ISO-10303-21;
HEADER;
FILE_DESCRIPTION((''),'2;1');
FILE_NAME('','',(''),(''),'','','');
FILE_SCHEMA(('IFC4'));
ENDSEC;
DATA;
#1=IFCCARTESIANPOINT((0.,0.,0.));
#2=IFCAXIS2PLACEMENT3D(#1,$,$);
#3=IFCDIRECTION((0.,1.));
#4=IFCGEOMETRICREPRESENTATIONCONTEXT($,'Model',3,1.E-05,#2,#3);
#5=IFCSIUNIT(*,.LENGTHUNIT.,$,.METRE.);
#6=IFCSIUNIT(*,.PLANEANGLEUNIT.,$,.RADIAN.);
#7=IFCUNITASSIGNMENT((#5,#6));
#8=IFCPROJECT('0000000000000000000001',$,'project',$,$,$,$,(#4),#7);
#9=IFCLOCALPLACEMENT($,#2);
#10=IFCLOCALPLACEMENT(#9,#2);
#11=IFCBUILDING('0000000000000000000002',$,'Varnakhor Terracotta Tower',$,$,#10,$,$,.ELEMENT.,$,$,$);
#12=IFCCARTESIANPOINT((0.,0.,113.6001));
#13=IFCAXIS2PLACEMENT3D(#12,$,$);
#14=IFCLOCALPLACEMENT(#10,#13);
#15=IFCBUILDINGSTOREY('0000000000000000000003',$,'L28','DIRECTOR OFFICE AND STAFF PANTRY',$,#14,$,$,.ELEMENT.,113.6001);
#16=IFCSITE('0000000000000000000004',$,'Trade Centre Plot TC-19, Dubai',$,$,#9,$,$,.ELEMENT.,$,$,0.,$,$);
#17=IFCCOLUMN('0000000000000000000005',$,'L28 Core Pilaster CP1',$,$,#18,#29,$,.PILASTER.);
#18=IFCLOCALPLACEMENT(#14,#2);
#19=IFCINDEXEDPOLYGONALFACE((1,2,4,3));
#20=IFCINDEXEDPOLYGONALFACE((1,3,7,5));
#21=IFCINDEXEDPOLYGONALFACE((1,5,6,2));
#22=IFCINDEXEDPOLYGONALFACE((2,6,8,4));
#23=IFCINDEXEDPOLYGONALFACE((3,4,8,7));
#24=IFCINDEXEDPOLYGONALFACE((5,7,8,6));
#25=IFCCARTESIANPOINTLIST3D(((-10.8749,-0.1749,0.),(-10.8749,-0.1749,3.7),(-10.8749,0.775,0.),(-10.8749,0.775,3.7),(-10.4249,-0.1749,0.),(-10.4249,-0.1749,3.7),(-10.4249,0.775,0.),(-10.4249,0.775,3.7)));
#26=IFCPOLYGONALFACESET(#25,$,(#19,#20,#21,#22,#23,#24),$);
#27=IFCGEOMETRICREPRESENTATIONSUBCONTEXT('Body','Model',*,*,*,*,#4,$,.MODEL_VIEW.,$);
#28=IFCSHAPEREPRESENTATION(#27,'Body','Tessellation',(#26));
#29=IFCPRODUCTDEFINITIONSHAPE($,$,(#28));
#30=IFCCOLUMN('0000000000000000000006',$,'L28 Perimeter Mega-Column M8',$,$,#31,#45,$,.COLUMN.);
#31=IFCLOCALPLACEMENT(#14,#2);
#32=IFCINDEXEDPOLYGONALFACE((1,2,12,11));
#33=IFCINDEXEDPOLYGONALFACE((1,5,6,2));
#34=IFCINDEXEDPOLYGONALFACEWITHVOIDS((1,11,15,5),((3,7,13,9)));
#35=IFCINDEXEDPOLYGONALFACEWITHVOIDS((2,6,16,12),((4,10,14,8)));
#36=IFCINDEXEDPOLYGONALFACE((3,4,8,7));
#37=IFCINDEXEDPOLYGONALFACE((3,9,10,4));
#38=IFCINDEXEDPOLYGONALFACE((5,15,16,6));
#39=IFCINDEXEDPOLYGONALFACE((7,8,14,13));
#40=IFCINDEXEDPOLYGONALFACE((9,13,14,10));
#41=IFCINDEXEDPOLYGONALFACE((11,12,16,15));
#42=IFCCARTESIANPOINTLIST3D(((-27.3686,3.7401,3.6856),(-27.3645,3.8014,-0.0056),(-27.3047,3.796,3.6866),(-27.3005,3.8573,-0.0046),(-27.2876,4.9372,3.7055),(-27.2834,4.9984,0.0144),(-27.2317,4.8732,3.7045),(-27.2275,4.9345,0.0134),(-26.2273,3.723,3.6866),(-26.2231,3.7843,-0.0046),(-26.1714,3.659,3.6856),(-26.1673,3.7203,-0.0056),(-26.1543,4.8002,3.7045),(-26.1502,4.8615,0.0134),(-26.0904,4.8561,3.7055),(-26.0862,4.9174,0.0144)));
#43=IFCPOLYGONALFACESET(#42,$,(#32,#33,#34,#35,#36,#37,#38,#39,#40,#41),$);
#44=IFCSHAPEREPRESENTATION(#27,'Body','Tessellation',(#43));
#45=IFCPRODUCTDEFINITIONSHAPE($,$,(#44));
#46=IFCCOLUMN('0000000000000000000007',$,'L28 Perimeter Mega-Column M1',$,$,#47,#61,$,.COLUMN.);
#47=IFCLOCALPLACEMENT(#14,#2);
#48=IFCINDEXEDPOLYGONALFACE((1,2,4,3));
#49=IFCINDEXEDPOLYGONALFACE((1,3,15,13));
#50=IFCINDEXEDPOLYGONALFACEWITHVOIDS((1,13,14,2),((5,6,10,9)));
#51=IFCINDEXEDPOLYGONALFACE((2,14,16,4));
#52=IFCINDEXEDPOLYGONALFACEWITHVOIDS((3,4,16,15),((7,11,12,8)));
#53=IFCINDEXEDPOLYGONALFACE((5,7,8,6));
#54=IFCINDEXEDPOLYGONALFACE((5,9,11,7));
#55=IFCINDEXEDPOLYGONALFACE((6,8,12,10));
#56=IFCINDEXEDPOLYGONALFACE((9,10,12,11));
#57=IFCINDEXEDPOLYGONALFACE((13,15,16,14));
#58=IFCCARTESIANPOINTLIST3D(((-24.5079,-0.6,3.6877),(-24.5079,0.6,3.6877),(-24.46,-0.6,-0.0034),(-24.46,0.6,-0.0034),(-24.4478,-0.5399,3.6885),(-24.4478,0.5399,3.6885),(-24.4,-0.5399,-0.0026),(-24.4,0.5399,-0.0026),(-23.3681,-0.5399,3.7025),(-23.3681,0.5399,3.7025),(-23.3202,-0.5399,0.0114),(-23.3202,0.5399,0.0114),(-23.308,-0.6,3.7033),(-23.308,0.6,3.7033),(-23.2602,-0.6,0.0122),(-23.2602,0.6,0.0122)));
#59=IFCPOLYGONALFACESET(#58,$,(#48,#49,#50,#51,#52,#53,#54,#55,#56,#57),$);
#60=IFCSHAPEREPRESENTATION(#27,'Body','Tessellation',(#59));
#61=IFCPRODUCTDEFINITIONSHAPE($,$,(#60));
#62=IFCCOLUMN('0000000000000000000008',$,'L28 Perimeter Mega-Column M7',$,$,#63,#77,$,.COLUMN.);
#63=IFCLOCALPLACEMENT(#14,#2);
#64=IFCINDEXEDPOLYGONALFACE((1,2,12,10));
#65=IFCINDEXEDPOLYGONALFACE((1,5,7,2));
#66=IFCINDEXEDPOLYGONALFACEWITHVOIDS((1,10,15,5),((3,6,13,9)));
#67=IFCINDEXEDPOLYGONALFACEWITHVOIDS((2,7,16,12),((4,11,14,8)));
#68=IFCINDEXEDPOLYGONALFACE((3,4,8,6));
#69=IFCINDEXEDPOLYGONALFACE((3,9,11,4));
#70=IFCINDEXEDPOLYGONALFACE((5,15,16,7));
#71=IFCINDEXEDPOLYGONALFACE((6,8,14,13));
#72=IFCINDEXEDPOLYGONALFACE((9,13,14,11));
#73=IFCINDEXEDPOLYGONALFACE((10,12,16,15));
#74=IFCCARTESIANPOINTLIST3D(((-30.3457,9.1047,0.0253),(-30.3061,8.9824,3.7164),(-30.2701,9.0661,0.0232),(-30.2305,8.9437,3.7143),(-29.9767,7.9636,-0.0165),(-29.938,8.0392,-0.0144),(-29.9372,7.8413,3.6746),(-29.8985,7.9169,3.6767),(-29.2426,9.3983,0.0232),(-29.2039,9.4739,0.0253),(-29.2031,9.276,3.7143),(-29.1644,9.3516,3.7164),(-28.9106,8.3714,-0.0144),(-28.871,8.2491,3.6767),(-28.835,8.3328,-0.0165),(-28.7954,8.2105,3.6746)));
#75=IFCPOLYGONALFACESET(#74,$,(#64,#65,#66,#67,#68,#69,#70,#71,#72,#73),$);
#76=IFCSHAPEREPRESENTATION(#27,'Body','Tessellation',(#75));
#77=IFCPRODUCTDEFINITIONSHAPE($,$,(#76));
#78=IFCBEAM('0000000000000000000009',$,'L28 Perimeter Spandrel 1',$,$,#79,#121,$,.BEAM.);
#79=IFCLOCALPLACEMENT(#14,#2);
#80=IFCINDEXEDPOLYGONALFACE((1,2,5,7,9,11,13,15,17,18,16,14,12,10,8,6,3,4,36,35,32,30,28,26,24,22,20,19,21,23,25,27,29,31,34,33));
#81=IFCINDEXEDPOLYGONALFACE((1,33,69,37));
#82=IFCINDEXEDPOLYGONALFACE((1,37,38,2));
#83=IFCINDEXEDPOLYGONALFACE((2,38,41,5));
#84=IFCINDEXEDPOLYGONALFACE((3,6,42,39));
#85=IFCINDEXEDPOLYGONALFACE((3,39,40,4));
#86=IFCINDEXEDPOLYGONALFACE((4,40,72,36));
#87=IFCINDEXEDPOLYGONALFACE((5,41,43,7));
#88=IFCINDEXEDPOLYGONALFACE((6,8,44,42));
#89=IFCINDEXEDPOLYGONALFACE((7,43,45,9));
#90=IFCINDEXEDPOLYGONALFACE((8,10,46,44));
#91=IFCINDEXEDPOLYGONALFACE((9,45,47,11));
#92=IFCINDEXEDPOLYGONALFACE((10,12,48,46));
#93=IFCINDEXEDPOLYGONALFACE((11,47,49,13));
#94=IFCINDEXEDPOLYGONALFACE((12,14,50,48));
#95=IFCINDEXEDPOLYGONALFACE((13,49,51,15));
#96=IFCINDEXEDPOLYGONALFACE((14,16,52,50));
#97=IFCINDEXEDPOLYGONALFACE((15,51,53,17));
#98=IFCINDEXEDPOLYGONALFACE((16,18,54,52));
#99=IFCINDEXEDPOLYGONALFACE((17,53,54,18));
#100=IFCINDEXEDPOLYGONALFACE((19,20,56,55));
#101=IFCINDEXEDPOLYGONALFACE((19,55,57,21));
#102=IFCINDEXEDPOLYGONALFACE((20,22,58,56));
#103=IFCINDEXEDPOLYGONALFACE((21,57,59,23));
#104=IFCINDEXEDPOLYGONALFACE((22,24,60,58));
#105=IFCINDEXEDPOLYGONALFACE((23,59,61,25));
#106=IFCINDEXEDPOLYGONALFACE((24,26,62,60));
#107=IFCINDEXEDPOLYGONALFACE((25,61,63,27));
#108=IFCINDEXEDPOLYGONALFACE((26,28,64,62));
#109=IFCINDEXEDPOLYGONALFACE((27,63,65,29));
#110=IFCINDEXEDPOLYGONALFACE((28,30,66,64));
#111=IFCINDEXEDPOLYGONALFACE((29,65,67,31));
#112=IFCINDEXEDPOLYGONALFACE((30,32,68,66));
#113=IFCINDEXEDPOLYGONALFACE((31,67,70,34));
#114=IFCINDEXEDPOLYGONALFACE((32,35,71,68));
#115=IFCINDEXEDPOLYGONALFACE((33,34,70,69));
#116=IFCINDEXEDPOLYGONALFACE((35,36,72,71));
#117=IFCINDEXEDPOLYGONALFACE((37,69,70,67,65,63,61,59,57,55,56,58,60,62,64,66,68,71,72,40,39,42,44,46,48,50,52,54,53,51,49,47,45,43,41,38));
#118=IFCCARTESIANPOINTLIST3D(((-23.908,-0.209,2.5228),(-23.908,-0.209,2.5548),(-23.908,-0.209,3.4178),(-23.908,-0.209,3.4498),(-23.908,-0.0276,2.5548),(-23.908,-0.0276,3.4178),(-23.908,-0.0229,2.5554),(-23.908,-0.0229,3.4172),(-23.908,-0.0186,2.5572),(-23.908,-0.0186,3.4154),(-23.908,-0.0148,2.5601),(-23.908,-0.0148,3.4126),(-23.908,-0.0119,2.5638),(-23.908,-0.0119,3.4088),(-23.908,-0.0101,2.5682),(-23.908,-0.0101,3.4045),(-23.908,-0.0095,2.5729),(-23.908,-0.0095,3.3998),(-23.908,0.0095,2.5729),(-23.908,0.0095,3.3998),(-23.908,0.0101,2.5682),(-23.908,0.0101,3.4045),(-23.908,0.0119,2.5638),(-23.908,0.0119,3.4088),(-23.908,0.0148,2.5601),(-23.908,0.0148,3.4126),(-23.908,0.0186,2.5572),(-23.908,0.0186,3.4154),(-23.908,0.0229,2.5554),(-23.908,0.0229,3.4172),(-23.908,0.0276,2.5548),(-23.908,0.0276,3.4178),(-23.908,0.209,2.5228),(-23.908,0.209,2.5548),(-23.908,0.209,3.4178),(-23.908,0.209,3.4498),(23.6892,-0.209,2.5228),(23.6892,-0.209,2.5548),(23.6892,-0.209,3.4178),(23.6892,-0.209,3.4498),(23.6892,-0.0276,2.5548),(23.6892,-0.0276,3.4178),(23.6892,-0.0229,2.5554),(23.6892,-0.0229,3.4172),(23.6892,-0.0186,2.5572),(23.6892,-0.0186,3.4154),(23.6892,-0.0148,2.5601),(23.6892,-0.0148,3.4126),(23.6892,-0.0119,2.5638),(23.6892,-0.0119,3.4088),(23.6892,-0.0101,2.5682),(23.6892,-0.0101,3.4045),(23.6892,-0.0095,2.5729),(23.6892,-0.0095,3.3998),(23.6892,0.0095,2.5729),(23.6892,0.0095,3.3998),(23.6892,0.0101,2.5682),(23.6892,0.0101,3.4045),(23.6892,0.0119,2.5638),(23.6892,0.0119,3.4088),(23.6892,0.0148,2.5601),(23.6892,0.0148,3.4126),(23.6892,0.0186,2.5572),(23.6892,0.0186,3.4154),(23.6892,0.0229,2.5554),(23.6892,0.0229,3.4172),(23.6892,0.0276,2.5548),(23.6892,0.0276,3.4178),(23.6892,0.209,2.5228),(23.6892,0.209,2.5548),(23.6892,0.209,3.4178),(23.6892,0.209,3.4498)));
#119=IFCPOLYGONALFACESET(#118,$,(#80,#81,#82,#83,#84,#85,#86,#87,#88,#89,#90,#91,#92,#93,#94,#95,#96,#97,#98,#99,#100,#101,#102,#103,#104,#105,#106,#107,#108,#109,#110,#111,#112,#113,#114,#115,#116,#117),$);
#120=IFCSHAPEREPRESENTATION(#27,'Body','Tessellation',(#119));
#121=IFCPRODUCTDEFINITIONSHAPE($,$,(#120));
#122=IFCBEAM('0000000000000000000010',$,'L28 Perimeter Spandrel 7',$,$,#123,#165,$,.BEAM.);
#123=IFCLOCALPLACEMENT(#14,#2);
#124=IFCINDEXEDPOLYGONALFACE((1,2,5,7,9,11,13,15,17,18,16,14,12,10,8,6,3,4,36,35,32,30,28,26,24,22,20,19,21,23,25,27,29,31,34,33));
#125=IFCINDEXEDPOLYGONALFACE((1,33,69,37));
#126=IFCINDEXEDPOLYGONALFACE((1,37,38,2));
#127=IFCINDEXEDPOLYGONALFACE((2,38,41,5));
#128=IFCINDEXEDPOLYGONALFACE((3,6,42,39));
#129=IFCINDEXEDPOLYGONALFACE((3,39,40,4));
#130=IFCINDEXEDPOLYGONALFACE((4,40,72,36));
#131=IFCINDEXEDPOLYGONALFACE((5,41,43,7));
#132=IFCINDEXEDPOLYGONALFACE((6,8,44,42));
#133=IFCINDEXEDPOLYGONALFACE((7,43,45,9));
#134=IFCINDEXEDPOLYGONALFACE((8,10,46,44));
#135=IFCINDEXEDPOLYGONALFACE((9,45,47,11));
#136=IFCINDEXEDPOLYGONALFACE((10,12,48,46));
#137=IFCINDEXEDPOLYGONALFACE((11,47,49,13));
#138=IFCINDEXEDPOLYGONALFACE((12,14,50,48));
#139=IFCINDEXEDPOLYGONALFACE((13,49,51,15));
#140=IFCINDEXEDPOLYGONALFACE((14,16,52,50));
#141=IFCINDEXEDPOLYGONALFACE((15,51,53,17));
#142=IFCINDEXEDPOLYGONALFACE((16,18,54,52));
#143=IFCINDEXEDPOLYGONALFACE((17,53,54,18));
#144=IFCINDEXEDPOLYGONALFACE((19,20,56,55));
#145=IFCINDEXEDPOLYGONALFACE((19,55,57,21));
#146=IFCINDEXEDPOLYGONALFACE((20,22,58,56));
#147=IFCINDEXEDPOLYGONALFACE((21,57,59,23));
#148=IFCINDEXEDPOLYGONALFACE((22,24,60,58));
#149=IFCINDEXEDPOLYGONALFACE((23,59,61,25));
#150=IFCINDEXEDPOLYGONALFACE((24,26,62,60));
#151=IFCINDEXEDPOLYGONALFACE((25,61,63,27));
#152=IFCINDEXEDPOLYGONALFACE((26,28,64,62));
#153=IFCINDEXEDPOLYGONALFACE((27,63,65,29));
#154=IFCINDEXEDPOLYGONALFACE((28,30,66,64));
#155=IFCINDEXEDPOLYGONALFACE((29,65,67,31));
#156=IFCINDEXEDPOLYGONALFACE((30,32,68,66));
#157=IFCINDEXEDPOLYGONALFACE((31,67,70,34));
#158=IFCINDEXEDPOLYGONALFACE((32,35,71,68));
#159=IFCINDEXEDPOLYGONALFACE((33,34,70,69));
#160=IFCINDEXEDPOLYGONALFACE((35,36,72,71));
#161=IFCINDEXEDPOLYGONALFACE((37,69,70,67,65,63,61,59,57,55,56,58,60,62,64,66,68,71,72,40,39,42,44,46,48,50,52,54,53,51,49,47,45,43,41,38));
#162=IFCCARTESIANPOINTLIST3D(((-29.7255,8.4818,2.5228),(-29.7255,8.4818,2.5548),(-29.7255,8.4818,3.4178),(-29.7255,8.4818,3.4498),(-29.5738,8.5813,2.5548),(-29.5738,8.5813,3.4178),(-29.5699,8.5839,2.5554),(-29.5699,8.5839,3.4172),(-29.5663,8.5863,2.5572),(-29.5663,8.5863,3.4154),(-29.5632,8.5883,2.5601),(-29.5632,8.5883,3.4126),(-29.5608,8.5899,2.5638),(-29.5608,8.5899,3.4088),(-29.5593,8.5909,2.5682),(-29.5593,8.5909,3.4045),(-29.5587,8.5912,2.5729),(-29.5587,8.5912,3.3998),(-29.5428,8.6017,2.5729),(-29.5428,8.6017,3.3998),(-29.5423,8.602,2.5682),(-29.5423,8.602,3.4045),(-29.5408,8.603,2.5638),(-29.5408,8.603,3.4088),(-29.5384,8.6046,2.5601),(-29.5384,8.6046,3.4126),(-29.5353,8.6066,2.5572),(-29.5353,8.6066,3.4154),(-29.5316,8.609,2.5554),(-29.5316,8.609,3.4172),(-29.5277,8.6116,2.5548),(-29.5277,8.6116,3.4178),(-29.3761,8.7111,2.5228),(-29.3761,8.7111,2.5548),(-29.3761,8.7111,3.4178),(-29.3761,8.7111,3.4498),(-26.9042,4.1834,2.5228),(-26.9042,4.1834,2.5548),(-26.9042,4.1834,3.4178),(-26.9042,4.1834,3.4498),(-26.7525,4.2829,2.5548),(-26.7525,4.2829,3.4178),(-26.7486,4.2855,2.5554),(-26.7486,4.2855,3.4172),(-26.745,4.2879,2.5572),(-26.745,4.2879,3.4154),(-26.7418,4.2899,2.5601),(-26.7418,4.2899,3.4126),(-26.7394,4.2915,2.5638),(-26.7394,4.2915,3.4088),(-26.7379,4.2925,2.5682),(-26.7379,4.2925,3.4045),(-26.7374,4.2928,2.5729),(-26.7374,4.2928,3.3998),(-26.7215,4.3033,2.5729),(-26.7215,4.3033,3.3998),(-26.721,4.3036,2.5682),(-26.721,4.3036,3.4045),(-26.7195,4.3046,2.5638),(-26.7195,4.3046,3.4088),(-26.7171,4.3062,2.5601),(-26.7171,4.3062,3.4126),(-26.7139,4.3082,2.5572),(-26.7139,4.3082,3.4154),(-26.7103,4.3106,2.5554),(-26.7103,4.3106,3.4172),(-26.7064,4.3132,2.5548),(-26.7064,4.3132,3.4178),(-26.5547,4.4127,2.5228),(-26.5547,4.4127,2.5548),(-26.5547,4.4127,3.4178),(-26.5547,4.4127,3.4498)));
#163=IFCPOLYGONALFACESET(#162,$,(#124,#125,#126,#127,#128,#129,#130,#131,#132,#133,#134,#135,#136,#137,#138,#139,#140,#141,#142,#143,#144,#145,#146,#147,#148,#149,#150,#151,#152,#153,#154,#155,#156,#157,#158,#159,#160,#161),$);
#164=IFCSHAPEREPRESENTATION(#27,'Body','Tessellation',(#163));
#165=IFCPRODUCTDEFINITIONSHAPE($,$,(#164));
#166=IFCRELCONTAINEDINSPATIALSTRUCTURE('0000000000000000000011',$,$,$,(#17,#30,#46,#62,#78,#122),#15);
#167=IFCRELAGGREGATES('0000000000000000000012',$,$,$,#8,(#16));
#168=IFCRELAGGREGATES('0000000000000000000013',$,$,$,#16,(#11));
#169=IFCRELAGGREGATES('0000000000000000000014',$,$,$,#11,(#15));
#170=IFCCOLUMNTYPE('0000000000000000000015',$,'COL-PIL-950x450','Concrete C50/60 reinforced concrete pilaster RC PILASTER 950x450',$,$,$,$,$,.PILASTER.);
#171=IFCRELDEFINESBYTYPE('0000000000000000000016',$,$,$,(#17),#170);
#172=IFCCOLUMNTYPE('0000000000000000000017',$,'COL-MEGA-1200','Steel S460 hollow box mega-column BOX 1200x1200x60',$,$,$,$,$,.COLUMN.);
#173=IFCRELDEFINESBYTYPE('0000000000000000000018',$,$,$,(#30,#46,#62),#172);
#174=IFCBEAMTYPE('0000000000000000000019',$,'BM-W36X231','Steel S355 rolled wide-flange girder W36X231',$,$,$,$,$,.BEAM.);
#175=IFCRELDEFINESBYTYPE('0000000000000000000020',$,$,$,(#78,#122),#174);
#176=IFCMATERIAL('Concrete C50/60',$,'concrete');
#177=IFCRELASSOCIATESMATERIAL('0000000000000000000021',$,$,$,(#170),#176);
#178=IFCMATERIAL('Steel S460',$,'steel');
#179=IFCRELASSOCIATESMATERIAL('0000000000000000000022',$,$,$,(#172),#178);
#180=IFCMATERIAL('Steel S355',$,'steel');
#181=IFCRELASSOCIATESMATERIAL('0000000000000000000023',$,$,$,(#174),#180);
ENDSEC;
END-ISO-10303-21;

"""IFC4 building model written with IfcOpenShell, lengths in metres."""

from ifc_helpers import new_model, si_unit, direction, frame, origin, origin_2d, place, context, subcontext, project, spatial, rectangle, hollow_rectangle, i_section, extrude, source, transform, mapped, material, material_profile, profile_set, type_object, type_shapes, element, save


model = new_model("IFC4")

# Units and contexts
model_context = context("Model", 3, precision=1e-05, world=origin(), true_north=direction((0.0, 1.0)))
body_context = subcontext(model_context, "Body", "Model", "MODEL_VIEW")
ifc_project = project(units=[si_unit("LENGTHUNIT", "METRE"), si_unit("PLANEANGLEUNIT", "RADIAN")], contexts=[model_context])

# Site, building, storey
site_placement = place(None, origin())
site = spatial("IfcSite", under=ifc_project, at=site_placement, Name="Trade Centre Plot TC-19, Dubai", CompositionType="ELEMENT", RefElevation=0.0)
building_placement = place(site_placement, origin())
building = spatial("IfcBuilding", under=site, at=building_placement, Name="Varnakhor Terracotta Tower", CompositionType="ELEMENT")
storey_placement = place(building_placement, frame((0.0, 0.0, 113.6001)))
storey = spatial("IfcBuildingStorey", under=building, at=storey_placement, Name="L28", Description="DIRECTOR OFFICE AND STAFF PANTRY", CompositionType="ELEMENT", Elevation=113.6001)

# Columns
ifc_material_1 = material(Name="Concrete C50/60", Category="concrete")
ifc_material_profile_1 = material_profile(ifc_material_1, rectangle(XDim=0.45, YDim=0.95, at=origin_2d()), Name="RC PILASTER 950x450")
ifc_profile_set_1 = profile_set([ifc_material_profile_1], Name="Concrete C50/60")
column_type_1 = type_object("IfcColumnType", Name="COL-PIL-950x450", Description="Concrete C50/60 reinforced concrete pilaster RC PILASTER 950x450", PredefinedType="PILASTER", material=ifc_profile_set_1)
shared_shape_1 = source(origin(), body_context, "Body", "SweptSolid", [
    extrude(rectangle(XDim=0.45, YDim=0.95, at=origin_2d()), origin(), (0.0, 0.0, 1.0), 3.7),
])
column_1_placement = place(storey_placement, frame((-10.6499, 0.3, 0.0), z_axis=(0.0, 0.0, 1.0), x_axis=(1.0, 0.0, 0.0)))
element("IfcColumn", 1, at=column_1_placement, inside=storey, type_object=column_type_1, Name="L28 Core Pilaster CP1", PredefinedType="PILASTER", context=body_context, shape_type="MappedRepresentation", body=[
    mapped(shared_shape_1, transform((0.0, 0.0, 0.0), scale=1.0)),
])
ifc_material_2 = material(Name="Steel S460", Category="steel")
ifc_material_profile_2 = material_profile(ifc_material_2, hollow_rectangle(XDim=1.2, YDim=1.2, WallThickness=0.0601, at=origin_2d()), Name="BOX 1200x1200x60")
ifc_profile_set_2 = profile_set([ifc_material_profile_2], Name="Steel S460")
column_type_2 = type_object("IfcColumnType", Name="COL-MEGA-1200", Description="Steel S460 hollow box mega-column BOX 1200x1200x60", PredefinedType="COLUMN", material=ifc_profile_set_2)
shared_shape_2 = source(origin(), body_context, "Body", "SweptSolid", [
    extrude(hollow_rectangle(XDim=1.2, YDim=1.2, WallThickness=0.0601, at=origin_2d()), origin(), (0.0, 0.0, 1.0), 3.6917),
])
type_shapes(column_type_2, [shared_shape_2])
column_2_placement = place(storey_placement, frame((-26.7253, 4.3594, 0.0044), z_axis=(-0.001124, -0.016599, 0.999862), x_axis=(0.997714, -0.067574, 0.0)))
element("IfcColumn", 2, at=column_2_placement, inside=storey, type_object=column_type_2, Name="L28 Perimeter Mega-Column M8", PredefinedType="COLUMN", context=body_context, shape_type="MappedRepresentation", body=[
    mapped(shared_shape_2, transform((0.0, 0.0, 0.0), scale=1.0)),
])
shared_shape_3 = source(origin(), body_context, "Body", "SweptSolid", [
    extrude(hollow_rectangle(XDim=1.2, YDim=1.2, WallThickness=0.0601, at=origin_2d()), origin(), (0.0, 0.0, 1.0), 3.6914),
])
column_3_placement = place(storey_placement, frame((-23.8601, 0.0, 0.0044), z_axis=(-0.012963, 0.0, 0.999916), x_axis=(0.0, -1.0, 0.0)))
element("IfcColumn", 3, at=column_3_placement, inside=storey, type_object=column_type_2, Name="L28 Perimeter Mega-Column M1", PredefinedType="COLUMN", context=body_context, shape_type="MappedRepresentation", body=[
    mapped(shared_shape_3, transform((0.0, 0.0, 0.0), scale=1.0)),
])
shared_shape_4 = source(origin(), body_context, "Body", "SweptSolid", [
    extrude(hollow_rectangle(XDim=1.2, YDim=1.2, WallThickness=0.0601, at=origin_2d()), origin(), (0.0, 0.0, 1.0), 3.6934),
])
column_4_placement = place(storey_placement, frame((-29.5903, 8.7188, 0.0044), z_axis=(0.010709, -0.033117, 0.999394), x_axis=(0.951494, 0.307669, 0.0)))
element("IfcColumn", 4, at=column_4_placement, inside=storey, type_object=column_type_2, Name="L28 Perimeter Mega-Column M7", PredefinedType="COLUMN", context=body_context, shape_type="MappedRepresentation", body=[
    mapped(shared_shape_4, transform((0.0, 0.0, 0.0), scale=1.0)),
])

# Beams
ifc_material_3 = material(Name="Steel S355", Category="steel")
ifc_material_profile_3 = material_profile(ifc_material_3, i_section(OverallWidth=0.418, OverallDepth=0.927, WebThickness=0.019, FlangeThickness=0.032, FilletRadius=0.0181, at=origin_2d()), Name="W36X231")
ifc_profile_set_3 = profile_set([ifc_material_profile_3], Name="Steel S355")
beam_type_1 = type_object("IfcBeamType", Name="BM-W36X231", Description="Steel S355 rolled wide-flange girder W36X231", PredefinedType="BEAM", material=ifc_profile_set_3)
shared_shape_5 = source(origin(), body_context, "Body", "SweptSolid", [
    extrude(i_section(OverallWidth=0.418, OverallDepth=0.927, WebThickness=0.019, FlangeThickness=0.032, FilletRadius=0.0181, at=origin_2d()), origin(), (0.0, 0.0, 1.0), 47.5972),
])
beam_1_placement = place(storey_placement, frame((-23.908, 0.0, 2.9863), z_axis=(1.0, 0.0, 0.0), x_axis=(0.0, 1.0, 0.0)))
element("IfcBeam", 5, at=beam_1_placement, inside=storey, type_object=beam_type_1, Name="L28 Perimeter Spandrel 1", PredefinedType="BEAM", context=body_context, shape_type="MappedRepresentation", body=[
    mapped(shared_shape_5, transform((0.0, 0.0, 0.0), scale=1.0)),
])
shared_shape_6 = source(origin(), body_context, "Body", "SweptSolid", [
    extrude(i_section(OverallWidth=0.418, OverallDepth=0.927, WebThickness=0.019, FlangeThickness=0.032, FilletRadius=0.0181, at=origin_2d()), origin(), (0.0, 0.0, 1.0), 5.1416),
])
beam_2_placement = place(storey_placement, frame((-29.5508, 8.5964, 2.9863), z_axis=(0.548725, -0.836003, 0.0), x_axis=(0.836003, 0.548725, 0.0)))
element("IfcBeam", 6, at=beam_2_placement, inside=storey, type_object=beam_type_1, Name="L28 Perimeter Spandrel 7", PredefinedType="BEAM", context=body_context, shape_type="MappedRepresentation", body=[
    mapped(shared_shape_6, transform((0.0, 0.0, 0.0), scale=1.0)),
])

save(model, "model.ifc")
